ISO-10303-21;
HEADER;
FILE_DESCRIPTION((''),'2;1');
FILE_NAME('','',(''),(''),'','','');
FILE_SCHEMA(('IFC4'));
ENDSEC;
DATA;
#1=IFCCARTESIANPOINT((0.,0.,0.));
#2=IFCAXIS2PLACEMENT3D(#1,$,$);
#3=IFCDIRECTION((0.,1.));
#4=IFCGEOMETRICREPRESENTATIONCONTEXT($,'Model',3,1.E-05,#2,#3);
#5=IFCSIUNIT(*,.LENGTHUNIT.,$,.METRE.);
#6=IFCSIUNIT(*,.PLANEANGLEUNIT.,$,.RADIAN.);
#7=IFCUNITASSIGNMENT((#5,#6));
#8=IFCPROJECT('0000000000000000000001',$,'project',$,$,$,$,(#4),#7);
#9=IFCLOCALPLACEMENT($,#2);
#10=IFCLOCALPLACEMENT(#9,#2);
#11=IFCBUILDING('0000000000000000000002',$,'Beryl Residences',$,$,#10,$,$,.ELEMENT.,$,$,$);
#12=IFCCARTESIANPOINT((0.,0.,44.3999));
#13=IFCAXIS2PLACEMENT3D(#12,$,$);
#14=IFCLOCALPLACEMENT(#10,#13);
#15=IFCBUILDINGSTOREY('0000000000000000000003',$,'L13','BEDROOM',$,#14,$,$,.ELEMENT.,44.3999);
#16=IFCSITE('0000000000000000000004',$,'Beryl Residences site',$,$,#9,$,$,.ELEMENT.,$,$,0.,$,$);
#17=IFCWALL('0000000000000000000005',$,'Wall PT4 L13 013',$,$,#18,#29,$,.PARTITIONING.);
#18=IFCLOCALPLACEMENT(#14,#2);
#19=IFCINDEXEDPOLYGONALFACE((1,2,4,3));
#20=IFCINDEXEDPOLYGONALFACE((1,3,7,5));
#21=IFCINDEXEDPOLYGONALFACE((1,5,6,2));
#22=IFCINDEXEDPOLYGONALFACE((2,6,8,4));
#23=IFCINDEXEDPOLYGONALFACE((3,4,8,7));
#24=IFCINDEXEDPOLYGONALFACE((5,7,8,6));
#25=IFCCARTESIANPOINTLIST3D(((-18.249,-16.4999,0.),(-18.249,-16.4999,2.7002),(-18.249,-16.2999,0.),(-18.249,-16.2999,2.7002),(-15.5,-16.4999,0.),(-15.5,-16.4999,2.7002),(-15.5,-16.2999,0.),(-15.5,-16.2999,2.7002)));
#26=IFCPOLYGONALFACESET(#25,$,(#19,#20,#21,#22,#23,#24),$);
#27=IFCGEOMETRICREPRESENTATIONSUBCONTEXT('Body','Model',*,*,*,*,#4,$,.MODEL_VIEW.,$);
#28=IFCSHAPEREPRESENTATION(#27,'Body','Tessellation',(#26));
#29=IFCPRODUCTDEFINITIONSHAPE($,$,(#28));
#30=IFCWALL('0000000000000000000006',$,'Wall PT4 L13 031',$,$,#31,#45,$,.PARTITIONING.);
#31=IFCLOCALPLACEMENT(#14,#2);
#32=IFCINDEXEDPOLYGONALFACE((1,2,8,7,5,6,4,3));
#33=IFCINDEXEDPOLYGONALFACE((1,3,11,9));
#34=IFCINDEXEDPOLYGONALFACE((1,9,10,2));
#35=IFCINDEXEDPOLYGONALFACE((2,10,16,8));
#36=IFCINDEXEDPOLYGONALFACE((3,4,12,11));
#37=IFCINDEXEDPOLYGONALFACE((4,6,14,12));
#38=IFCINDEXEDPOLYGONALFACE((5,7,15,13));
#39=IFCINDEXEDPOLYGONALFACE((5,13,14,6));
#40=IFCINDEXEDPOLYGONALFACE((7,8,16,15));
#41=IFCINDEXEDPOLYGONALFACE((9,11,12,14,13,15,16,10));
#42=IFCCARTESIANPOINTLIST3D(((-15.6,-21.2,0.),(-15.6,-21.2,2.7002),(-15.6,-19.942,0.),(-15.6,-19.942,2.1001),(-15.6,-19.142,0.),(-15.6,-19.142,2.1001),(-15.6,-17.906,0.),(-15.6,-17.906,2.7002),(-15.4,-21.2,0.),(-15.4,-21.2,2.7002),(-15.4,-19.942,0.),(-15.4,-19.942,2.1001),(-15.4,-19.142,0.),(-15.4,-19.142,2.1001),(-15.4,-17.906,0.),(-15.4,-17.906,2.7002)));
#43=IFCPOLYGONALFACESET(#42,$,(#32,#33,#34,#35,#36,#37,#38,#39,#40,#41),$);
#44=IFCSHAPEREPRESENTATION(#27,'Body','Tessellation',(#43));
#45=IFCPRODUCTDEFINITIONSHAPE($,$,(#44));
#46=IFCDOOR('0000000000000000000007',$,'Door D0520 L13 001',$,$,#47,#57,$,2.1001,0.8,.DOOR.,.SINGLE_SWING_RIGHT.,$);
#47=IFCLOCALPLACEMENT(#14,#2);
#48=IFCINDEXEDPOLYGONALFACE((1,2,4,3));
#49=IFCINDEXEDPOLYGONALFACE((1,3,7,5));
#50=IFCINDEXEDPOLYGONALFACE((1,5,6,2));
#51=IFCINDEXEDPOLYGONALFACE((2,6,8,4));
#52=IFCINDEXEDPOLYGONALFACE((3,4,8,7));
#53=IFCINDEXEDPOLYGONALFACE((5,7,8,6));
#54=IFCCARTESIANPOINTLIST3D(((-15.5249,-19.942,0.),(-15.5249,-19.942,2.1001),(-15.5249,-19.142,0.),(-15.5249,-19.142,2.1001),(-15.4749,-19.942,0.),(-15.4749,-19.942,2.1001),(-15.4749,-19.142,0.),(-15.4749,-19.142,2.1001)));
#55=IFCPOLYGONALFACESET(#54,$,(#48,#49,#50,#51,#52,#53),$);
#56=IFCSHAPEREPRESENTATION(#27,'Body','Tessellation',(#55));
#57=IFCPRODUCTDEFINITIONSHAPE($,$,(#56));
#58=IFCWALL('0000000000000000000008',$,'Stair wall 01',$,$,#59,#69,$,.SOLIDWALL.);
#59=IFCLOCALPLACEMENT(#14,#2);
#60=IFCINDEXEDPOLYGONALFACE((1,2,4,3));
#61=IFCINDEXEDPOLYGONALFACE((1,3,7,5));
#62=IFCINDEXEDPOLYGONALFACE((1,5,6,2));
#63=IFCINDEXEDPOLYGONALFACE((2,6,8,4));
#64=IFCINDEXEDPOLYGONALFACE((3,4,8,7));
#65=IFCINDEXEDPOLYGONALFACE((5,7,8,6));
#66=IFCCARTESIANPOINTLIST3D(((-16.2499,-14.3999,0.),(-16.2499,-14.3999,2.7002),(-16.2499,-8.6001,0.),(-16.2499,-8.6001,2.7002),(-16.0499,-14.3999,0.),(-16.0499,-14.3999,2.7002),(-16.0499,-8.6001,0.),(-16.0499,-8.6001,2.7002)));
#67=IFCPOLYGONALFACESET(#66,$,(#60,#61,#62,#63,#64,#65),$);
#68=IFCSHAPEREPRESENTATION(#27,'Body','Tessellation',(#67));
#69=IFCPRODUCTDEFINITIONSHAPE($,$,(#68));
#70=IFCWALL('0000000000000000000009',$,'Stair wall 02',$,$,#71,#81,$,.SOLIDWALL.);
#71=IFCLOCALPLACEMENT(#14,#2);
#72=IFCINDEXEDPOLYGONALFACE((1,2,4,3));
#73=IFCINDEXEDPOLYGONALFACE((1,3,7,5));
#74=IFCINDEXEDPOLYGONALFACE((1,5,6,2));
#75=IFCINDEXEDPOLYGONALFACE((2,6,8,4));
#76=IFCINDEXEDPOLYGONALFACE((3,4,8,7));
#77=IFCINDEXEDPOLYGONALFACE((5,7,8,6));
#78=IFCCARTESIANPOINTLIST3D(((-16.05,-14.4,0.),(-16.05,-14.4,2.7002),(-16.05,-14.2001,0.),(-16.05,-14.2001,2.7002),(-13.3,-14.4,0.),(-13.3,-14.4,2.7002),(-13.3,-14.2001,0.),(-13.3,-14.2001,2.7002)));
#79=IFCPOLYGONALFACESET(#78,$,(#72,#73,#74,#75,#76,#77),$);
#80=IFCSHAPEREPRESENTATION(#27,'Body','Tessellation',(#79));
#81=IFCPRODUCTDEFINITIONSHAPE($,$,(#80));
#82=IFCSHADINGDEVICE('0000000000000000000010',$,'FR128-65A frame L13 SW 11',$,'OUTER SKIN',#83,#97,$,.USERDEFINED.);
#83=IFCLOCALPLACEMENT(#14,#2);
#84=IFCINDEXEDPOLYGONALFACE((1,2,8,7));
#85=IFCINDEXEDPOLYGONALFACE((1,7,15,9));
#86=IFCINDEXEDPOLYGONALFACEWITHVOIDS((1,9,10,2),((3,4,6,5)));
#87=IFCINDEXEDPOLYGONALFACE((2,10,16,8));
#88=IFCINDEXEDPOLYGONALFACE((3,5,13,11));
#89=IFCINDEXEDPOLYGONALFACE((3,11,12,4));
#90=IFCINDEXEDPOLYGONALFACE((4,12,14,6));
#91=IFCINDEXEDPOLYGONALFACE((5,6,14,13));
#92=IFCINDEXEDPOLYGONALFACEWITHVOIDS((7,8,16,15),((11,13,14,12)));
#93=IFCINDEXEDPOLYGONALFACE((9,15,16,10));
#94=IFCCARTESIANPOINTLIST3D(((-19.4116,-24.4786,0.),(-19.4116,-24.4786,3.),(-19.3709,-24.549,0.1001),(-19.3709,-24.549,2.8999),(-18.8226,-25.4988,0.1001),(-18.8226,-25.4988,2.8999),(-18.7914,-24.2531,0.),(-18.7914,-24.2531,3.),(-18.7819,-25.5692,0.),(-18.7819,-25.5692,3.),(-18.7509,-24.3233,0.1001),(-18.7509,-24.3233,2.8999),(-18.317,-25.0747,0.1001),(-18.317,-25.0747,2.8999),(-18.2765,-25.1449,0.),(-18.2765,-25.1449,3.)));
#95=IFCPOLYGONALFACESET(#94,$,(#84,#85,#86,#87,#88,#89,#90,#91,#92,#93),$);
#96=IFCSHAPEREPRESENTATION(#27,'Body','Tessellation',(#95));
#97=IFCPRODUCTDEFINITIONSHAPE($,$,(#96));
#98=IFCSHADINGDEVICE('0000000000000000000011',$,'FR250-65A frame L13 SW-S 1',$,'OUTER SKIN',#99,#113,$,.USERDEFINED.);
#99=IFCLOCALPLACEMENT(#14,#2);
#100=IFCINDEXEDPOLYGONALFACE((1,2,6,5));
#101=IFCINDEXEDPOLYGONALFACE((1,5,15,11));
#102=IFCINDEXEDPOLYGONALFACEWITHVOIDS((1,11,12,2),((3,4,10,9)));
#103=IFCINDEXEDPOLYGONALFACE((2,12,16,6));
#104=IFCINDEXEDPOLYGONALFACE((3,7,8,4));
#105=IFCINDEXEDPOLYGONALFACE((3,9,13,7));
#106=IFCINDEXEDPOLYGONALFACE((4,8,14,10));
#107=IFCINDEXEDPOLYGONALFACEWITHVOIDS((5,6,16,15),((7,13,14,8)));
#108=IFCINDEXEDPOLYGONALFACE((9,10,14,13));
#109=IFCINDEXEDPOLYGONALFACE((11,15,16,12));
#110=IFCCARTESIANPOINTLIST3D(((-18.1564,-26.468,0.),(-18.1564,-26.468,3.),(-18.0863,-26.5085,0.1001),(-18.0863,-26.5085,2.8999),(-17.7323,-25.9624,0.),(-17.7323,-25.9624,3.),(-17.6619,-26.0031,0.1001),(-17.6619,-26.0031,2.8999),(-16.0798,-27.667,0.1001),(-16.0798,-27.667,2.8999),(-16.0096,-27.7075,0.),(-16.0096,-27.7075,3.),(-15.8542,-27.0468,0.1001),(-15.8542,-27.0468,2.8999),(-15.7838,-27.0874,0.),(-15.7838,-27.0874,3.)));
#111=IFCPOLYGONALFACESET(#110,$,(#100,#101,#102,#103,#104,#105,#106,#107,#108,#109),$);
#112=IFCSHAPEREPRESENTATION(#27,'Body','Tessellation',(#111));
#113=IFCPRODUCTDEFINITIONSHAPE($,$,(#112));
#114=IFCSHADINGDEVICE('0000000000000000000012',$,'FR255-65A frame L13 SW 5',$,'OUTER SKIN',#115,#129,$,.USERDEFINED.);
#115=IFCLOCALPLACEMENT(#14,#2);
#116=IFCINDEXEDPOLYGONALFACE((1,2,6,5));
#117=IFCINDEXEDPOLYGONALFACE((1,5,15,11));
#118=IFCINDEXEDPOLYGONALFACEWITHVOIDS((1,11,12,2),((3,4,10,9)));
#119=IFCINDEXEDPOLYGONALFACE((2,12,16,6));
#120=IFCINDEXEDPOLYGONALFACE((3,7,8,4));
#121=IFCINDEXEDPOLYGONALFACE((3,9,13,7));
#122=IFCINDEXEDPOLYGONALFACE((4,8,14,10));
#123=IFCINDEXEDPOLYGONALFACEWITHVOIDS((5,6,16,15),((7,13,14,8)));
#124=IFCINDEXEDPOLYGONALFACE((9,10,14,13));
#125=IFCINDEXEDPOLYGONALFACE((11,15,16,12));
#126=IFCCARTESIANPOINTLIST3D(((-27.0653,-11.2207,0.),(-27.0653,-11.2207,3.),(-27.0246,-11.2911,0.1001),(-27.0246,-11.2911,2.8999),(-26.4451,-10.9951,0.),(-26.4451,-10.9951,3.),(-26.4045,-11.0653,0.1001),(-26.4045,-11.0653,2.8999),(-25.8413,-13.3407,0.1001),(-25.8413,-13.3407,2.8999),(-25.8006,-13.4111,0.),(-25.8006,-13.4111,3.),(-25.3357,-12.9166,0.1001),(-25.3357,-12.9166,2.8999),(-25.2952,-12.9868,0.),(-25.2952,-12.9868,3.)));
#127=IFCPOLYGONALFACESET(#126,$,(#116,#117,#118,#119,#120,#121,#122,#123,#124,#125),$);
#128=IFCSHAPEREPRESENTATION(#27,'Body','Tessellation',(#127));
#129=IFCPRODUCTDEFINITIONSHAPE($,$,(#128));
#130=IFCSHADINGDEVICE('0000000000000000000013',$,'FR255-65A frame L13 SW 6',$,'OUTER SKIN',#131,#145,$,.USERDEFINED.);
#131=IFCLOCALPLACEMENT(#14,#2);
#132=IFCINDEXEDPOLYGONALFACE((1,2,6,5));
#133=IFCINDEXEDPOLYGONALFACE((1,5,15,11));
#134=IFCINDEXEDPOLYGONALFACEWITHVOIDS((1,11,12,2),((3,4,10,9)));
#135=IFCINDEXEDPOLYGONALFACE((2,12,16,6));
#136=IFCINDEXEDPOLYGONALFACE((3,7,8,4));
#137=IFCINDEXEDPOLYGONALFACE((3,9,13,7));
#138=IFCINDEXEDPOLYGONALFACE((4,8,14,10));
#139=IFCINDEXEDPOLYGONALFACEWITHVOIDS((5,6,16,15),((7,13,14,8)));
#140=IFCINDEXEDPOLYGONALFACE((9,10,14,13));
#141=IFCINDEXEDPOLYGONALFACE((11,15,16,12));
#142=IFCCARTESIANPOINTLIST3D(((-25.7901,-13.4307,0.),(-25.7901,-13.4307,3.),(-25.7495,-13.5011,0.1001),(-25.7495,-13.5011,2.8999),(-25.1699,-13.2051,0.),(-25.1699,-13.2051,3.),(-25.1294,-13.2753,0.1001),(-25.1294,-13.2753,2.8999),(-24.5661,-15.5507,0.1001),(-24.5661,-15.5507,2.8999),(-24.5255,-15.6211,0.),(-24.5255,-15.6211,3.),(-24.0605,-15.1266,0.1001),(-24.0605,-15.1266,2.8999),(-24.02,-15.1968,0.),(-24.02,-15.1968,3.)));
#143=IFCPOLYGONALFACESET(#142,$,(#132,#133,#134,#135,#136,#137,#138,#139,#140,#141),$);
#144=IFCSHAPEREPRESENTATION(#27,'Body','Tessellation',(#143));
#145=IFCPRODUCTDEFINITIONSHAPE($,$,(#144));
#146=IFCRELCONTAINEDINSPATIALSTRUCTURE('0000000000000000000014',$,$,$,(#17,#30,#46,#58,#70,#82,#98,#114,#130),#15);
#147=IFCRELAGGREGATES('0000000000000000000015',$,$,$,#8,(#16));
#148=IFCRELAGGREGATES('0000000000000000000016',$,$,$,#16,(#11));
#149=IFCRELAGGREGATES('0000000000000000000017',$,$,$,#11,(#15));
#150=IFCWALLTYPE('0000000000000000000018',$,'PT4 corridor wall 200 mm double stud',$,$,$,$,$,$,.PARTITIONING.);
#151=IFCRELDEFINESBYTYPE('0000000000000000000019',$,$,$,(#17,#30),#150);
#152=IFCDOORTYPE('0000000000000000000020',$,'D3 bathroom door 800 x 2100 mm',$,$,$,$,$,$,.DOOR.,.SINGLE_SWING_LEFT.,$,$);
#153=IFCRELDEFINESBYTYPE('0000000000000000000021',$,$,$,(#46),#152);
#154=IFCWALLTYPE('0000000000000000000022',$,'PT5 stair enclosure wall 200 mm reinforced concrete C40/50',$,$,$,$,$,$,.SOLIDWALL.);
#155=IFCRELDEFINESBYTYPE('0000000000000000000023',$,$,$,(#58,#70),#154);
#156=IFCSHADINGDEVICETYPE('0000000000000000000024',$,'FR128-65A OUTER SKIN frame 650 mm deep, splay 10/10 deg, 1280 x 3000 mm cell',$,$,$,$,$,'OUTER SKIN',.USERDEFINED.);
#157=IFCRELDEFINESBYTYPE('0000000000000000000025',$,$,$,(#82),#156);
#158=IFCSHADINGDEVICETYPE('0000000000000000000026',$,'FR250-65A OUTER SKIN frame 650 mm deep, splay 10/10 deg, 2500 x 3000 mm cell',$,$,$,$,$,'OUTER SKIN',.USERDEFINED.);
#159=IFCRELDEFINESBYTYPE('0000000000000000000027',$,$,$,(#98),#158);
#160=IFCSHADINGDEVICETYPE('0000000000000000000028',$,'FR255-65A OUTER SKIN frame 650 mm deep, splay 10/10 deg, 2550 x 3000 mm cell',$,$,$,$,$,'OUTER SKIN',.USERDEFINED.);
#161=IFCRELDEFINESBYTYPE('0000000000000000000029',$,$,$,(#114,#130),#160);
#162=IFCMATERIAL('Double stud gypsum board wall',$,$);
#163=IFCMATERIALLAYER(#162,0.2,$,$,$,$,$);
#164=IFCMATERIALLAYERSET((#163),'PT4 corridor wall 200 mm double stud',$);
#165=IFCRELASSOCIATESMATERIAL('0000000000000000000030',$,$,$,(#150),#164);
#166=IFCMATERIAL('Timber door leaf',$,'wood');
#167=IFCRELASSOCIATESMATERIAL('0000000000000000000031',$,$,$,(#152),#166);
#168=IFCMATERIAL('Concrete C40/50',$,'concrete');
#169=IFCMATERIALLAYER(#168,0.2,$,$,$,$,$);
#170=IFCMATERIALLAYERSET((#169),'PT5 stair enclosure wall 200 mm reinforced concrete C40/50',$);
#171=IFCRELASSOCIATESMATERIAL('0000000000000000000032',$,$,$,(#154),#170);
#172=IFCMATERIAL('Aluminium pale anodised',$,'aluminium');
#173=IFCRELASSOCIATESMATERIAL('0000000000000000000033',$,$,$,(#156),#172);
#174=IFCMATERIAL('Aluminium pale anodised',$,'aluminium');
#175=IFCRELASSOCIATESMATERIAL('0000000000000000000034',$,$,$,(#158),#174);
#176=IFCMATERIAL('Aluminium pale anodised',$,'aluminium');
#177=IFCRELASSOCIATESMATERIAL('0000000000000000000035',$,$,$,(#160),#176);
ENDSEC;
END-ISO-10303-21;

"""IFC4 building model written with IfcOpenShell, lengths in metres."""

from ifc_helpers import new_model, entity, si_unit, direction, frame, frame_2d, origin, place, context, subcontext, project, spatial, rectangle, extrude, source, transform, mapped, material, layer, layer_set, type_object, type_shapes, element, fill, save


model = new_model("IFC4")

# Units and contexts
model_context = context("Model", 3, precision=1e-05, world=origin(), true_north=direction((0.0, 1.0)))
body_context = subcontext(model_context, "Body", "Model", "MODEL_VIEW")
ifc_project = project(units=[si_unit("LENGTHUNIT", "METRE"), si_unit("PLANEANGLEUNIT", "RADIAN")], contexts=[model_context])

# Site, building, storey
site_placement = place(None, origin())
site = spatial("IfcSite", under=ifc_project, at=site_placement, Name="Beryl Residences site", CompositionType="ELEMENT", RefElevation=0.0)
building_placement = place(site_placement, origin())
building = spatial("IfcBuilding", under=site, at=building_placement, Name="Beryl Residences", CompositionType="ELEMENT")
storey_placement = place(building_placement, frame((0.0, 0.0, 44.3999)))
storey = spatial("IfcBuildingStorey", under=building, at=storey_placement, Name="L13", Description="BEDROOM", CompositionType="ELEMENT", Elevation=44.3999)

# Wall
ifc_material_1 = material(Name="Double stud gypsum board wall")
ifc_layer_1 = layer(ifc_material_1, 0.2)
ifc_layer_set_1 = layer_set([ifc_layer_1], Name="PT4 corridor wall 200 mm double stud")
wall_type_1 = type_object("IfcWallType", Name="PT4 corridor wall 200 mm double stud", PredefinedType="PARTITIONING", material=ifc_layer_set_1)
wall_1_placement = place(storey_placement, frame((-18.249, -16.3999, 0.0), z_axis=(0.0, 0.0, 1.0), x_axis=(1.0, 0.0, 0.0)))
element("IfcWall", 1, at=wall_1_placement, inside=storey, type_object=wall_type_1, Name="Wall PT4 L13 013", PredefinedType="PARTITIONING", context=body_context, shape_type="SweptSolid", body=[
    extrude(rectangle(XDim=2.749, YDim=0.2, at=frame_2d((1.3745, 0.0))), origin(), (0.0, 0.0, 1.0), 2.7002),
])

# Wall, opening, door
wall_2_placement = place(storey_placement, frame((-15.5, -21.2, 0.0), z_axis=(0.0, 0.0, 1.0), x_axis=(0.0, 1.0, 0.0)))
wall_2 = element("IfcWall", 2, at=wall_2_placement, inside=storey, type_object=wall_type_1, Name="Wall PT4 L13 031", PredefinedType="PARTITIONING", context=body_context, shape_type="SweptSolid", body=[
    extrude(rectangle(XDim=3.2939, YDim=0.2, at=frame_2d((1.647, 0.0))), origin(), (0.0, 0.0, 1.0), 2.7002),
])
opening_1_placement = place(wall_2_placement, frame((1.2581, 0.0, 0.0)))
opening_1 = element("IfcOpeningElement", 3, at=opening_1_placement, cuts=wall_2, PredefinedType="OPENING", context=body_context, shape_type="SweptSolid", body=[
    extrude(rectangle(XDim=0.8, YDim=2.1001, at=frame_2d((0.3999, 1.05))), frame((0.0, 0.1099, 0.0), z_axis=(0.0, -1.0, 0.0), x_axis=(1.0, 0.0, 0.0)), (0.0, 0.0, 1.0), 0.22),
])
ifc_material_2 = material(Name="Timber door leaf", Category="wood")
door_type_1 = type_object("IfcDoorType", Name="D3 bathroom door 800 x 2100 mm", OperationType="SINGLE_SWING_LEFT", PredefinedType="DOOR", material=ifc_material_2)
door_1_placement = place(opening_1_placement, origin())
door_1 = element("IfcDoor", 4, at=door_1_placement, inside=storey, type_object=door_type_1, Name="Door D0520 L13 001", OperationType="SINGLE_SWING_RIGHT", OverallHeight=2.1001, OverallWidth=0.8, PredefinedType="DOOR", context=body_context, shape_type="SweptSolid", body=[
    extrude(rectangle(XDim=0.8, YDim=2.1001, at=frame_2d((0.3999, 1.05))), frame((0.0, 0.0249, 0.0), z_axis=(0.0, -1.0, 0.0), x_axis=(1.0, 0.0, 0.0)), (0.0, 0.0, 1.0), 0.05),
])
fill(opening_1, door_1)

# Walls
ifc_material_3 = material(Name="Concrete C40/50", Category="concrete")
ifc_layer_2 = layer(ifc_material_3, 0.2)
ifc_layer_set_2 = layer_set([ifc_layer_2], Name="PT5 stair enclosure wall 200 mm reinforced concrete C40/50")
wall_type_2 = type_object("IfcWallType", Name="PT5 stair enclosure wall 200 mm reinforced concrete C40/50", PredefinedType="SOLIDWALL", material=ifc_layer_set_2)
wall_3_placement = place(storey_placement, frame((-16.1499, -14.3999, 0.0), z_axis=(0.0, 0.0, 1.0), x_axis=(0.0, 1.0, 0.0)))
element("IfcWall", 5, at=wall_3_placement, inside=storey, type_object=wall_type_2, Name="Stair wall 01", PredefinedType="SOLIDWALL", context=body_context, shape_type="SweptSolid", body=[
    extrude(rectangle(XDim=5.7998, YDim=0.2, at=frame_2d((2.8999, 0.0))), origin(), (0.0, 0.0, 1.0), 2.7002),
])
wall_4_placement = place(storey_placement, frame((-16.05, -14.3, 0.0), z_axis=(0.0, 0.0, 1.0), x_axis=(1.0, 0.0, 0.0)))
element("IfcWall", 6, at=wall_4_placement, inside=storey, type_object=wall_type_2, Name="Stair wall 02", PredefinedType="SOLIDWALL", context=body_context, shape_type="SweptSolid", body=[
    extrude(rectangle(XDim=2.75, YDim=0.2, at=frame_2d((1.375, 0.0))), origin(), (0.0, 0.0, 1.0), 2.7002),
])

# Shading devices
ifc_material_4 = material(Name="Aluminium pale anodised", Category="aluminium")
shading_device_type_1 = type_object("IfcShadingDeviceType", Name="FR128-65A OUTER SKIN frame 650 mm deep, splay 10/10 deg, 1280 x 3000 mm cell", ElementType="OUTER SKIN", PredefinedType="USERDEFINED", material=ifc_material_4)
cartesian_point_1 = entity("IfcCartesianPoint", [-0.5149, 0.0])
cartesian_point_2 = entity("IfcCartesianPoint", [-0.4338, 0.1001])
cartesian_point_3 = entity("IfcCartesianPoint", [-0.6296, 0.0])
cartesian_point_4 = entity("IfcCartesianPoint", [-0.5483, 0.1001])
shared_shape_1 = source(origin(), body_context, "Body", "SweptSolid", [
    entity("IfcExtrudedAreaSolidTapered", entity("IfcArbitraryProfileDefWithVoids", "AREA", None, entity("IfcPolyline", [cartesian_point_1, entity("IfcCartesianPoint", [0.5149, 0.0]), entity("IfcCartesianPoint", [0.5149, 3.0]), entity("IfcCartesianPoint", [-0.5149, 3.0]), cartesian_point_1]), [entity("IfcPolyline", [cartesian_point_2, entity("IfcCartesianPoint", [0.4338, 0.1001]), entity("IfcCartesianPoint", [0.4338, 2.8999]), entity("IfcCartesianPoint", [-0.4338, 2.8999]), cartesian_point_2])]), entity("IfcAxis2Placement3D", entity("IfcCartesianPoint", [0.0, 0.0, 0.0]), entity("IfcDirection", [0.0, 1.0, 0.0]), entity("IfcDirection", [-1.0, 0.0, 0.0])), entity("IfcDirection", [0.0, 0.0, 1.0]), 0.6499, entity("IfcArbitraryProfileDefWithVoids", "AREA", None, entity("IfcPolyline", [cartesian_point_3, entity("IfcCartesianPoint", [0.6296, 0.0]), entity("IfcCartesianPoint", [0.6296, 3.0]), entity("IfcCartesianPoint", [-0.6296, 3.0]), cartesian_point_3]), [entity("IfcPolyline", [cartesian_point_4, entity("IfcCartesianPoint", [0.5483, 0.1001]), entity("IfcCartesianPoint", [0.5483, 2.8999]), entity("IfcCartesianPoint", [-0.5483, 2.8999]), cartesian_point_4])])),
])
type_shapes(shading_device_type_1, [shared_shape_1])
shading_device_1_placement = place(storey_placement, frame((-18.5339, -24.699, 0.0), z_axis=(0.0, 0.0, 1.0), x_axis=(-0.5, 0.866025, 0.0)))
element("IfcShadingDevice", 7, at=shading_device_1_placement, inside=storey, type_object=shading_device_type_1, Name="FR128-65A frame L13 SW 11", ObjectType="OUTER SKIN", PredefinedType="USERDEFINED", context=body_context, shape_type="MappedRepresentation", body=[
    mapped(shared_shape_1, transform((0.0, 0.0, 0.0))),
])
ifc_material_5 = material(Name="Aluminium pale anodised", Category="aluminium")
shading_device_type_2 = type_object("IfcShadingDeviceType", Name="FR250-65A OUTER SKIN frame 650 mm deep, splay 10/10 deg, 2500 x 3000 mm cell", ElementType="OUTER SKIN", PredefinedType="USERDEFINED", material=ifc_material_5)
cartesian_point_5 = entity("IfcCartesianPoint", [-1.125, 0.0])
cartesian_point_6 = entity("IfcCartesianPoint", [-1.0437, 0.1001])
cartesian_point_7 = entity("IfcCartesianPoint", [-1.2395, 0.0])
cartesian_point_8 = entity("IfcCartesianPoint", [-1.1584, 0.1001])
shared_shape_2 = source(origin(), body_context, "Body", "SweptSolid", [
    entity("IfcExtrudedAreaSolidTapered", entity("IfcArbitraryProfileDefWithVoids", "AREA", None, entity("IfcPolyline", [cartesian_point_5, entity("IfcCartesianPoint", [1.125, 0.0]), entity("IfcCartesianPoint", [1.125, 3.0]), entity("IfcCartesianPoint", [-1.125, 3.0]), cartesian_point_5]), [entity("IfcPolyline", [cartesian_point_6, entity("IfcCartesianPoint", [1.0437, 0.1001]), entity("IfcCartesianPoint", [1.0437, 2.8999]), entity("IfcCartesianPoint", [-1.0437, 2.8999]), cartesian_point_6])]), entity("IfcAxis2Placement3D", entity("IfcCartesianPoint", [0.0, 0.0, 0.0]), entity("IfcDirection", [0.0, 1.0, 0.0]), entity("IfcDirection", [-1.0, 0.0, 0.0])), entity("IfcDirection", [0.0, 0.0, 1.0]), 0.6499, entity("IfcArbitraryProfileDefWithVoids", "AREA", None, entity("IfcPolyline", [cartesian_point_7, entity("IfcCartesianPoint", [1.2395, 0.0]), entity("IfcCartesianPoint", [1.2395, 3.0]), entity("IfcCartesianPoint", [-1.2395, 3.0]), cartesian_point_7]), [entity("IfcPolyline", [cartesian_point_8, entity("IfcCartesianPoint", [1.1584, 0.1001]), entity("IfcCartesianPoint", [1.1584, 2.8999]), entity("IfcCartesianPoint", [-1.1584, 2.8999]), cartesian_point_8])])),
])
type_shapes(shading_device_type_2, [shared_shape_2])
shading_device_2_placement = place(storey_placement, frame((-16.7581, -26.5249, 0.0), z_axis=(0.0, 0.0, 1.0), x_axis=(-0.866025, 0.5, 0.0)))
element("IfcShadingDevice", 8, at=shading_device_2_placement, inside=storey, type_object=shading_device_type_2, Name="FR250-65A frame L13 SW-S 1", ObjectType="OUTER SKIN", PredefinedType="USERDEFINED", context=body_context, shape_type="MappedRepresentation", body=[
    mapped(shared_shape_2, transform((0.0, 0.0, 0.0))),
])
ifc_material_6 = material(Name="Aluminium pale anodised", Category="aluminium")
shading_device_type_3 = type_object("IfcShadingDeviceType", Name="FR255-65A OUTER SKIN frame 650 mm deep, splay 10/10 deg, 2550 x 3000 mm cell", ElementType="OUTER SKIN", PredefinedType="USERDEFINED", material=ifc_material_6)
cartesian_point_9 = entity("IfcCartesianPoint", [-1.1499, 0.0])
cartesian_point_10 = entity("IfcCartesianPoint", [-1.0688, 0.1001])
cartesian_point_11 = entity("IfcCartesianPoint", [-1.2646, 0.0])
cartesian_point_12 = entity("IfcCartesianPoint", [-1.1833, 0.1001])
shared_shape_3 = source(origin(), body_context, "Body", "SweptSolid", [
    entity("IfcExtrudedAreaSolidTapered", entity("IfcArbitraryProfileDefWithVoids", "AREA", None, entity("IfcPolyline", [cartesian_point_9, entity("IfcCartesianPoint", [1.1499, 0.0]), entity("IfcCartesianPoint", [1.1499, 3.0]), entity("IfcCartesianPoint", [-1.1499, 3.0]), cartesian_point_9]), [entity("IfcPolyline", [cartesian_point_10, entity("IfcCartesianPoint", [1.0688, 0.1001]), entity("IfcCartesianPoint", [1.0688, 2.8999]), entity("IfcCartesianPoint", [-1.0688, 2.8999]), cartesian_point_10])]), entity("IfcAxis2Placement3D", entity("IfcCartesianPoint", [0.0, 0.0, 0.0]), entity("IfcDirection", [0.0, 1.0, 0.0]), entity("IfcDirection", [-1.0, 0.0, 0.0])), entity("IfcDirection", [0.0, 0.0, 1.0]), 0.6499, entity("IfcArbitraryProfileDefWithVoids", "AREA", None, entity("IfcPolyline", [cartesian_point_11, entity("IfcCartesianPoint", [1.2646, 0.0]), entity("IfcCartesianPoint", [1.2646, 3.0]), entity("IfcCartesianPoint", [-1.2646, 3.0]), cartesian_point_11]), [entity("IfcPolyline", [cartesian_point_12, entity("IfcCartesianPoint", [1.1833, 0.1001]), entity("IfcCartesianPoint", [1.1833, 2.8999]), entity("IfcCartesianPoint", [-1.1833, 2.8999]), cartesian_point_12])])),
])
type_shapes(shading_device_type_3, [shared_shape_3])
for number, where, z_axis, x_axis, name in (
    (9, (-25.8701, -11.991, 0.0), (0.0, 0.0, 1.0), (-0.5, 0.866025, 0.0), "FR255-65A frame L13 SW 5"),
    (10, (-24.595, -14.2009, 0.0), (0.0, 0.0, 1.0), (-0.5, 0.866025, 0.0), "FR255-65A frame L13 SW 6"),
):
    element("IfcShadingDevice", number, at=place(storey_placement, frame(where, z_axis=z_axis, x_axis=x_axis)), inside=storey, type_object=shading_device_type_3, Name=name, ObjectType="OUTER SKIN", PredefinedType="USERDEFINED", context=body_context, shape_type="MappedRepresentation", body=[
        mapped(shared_shape_3, transform((0.0, 0.0, 0.0))),
    ])

save(model, "model.ifc")
